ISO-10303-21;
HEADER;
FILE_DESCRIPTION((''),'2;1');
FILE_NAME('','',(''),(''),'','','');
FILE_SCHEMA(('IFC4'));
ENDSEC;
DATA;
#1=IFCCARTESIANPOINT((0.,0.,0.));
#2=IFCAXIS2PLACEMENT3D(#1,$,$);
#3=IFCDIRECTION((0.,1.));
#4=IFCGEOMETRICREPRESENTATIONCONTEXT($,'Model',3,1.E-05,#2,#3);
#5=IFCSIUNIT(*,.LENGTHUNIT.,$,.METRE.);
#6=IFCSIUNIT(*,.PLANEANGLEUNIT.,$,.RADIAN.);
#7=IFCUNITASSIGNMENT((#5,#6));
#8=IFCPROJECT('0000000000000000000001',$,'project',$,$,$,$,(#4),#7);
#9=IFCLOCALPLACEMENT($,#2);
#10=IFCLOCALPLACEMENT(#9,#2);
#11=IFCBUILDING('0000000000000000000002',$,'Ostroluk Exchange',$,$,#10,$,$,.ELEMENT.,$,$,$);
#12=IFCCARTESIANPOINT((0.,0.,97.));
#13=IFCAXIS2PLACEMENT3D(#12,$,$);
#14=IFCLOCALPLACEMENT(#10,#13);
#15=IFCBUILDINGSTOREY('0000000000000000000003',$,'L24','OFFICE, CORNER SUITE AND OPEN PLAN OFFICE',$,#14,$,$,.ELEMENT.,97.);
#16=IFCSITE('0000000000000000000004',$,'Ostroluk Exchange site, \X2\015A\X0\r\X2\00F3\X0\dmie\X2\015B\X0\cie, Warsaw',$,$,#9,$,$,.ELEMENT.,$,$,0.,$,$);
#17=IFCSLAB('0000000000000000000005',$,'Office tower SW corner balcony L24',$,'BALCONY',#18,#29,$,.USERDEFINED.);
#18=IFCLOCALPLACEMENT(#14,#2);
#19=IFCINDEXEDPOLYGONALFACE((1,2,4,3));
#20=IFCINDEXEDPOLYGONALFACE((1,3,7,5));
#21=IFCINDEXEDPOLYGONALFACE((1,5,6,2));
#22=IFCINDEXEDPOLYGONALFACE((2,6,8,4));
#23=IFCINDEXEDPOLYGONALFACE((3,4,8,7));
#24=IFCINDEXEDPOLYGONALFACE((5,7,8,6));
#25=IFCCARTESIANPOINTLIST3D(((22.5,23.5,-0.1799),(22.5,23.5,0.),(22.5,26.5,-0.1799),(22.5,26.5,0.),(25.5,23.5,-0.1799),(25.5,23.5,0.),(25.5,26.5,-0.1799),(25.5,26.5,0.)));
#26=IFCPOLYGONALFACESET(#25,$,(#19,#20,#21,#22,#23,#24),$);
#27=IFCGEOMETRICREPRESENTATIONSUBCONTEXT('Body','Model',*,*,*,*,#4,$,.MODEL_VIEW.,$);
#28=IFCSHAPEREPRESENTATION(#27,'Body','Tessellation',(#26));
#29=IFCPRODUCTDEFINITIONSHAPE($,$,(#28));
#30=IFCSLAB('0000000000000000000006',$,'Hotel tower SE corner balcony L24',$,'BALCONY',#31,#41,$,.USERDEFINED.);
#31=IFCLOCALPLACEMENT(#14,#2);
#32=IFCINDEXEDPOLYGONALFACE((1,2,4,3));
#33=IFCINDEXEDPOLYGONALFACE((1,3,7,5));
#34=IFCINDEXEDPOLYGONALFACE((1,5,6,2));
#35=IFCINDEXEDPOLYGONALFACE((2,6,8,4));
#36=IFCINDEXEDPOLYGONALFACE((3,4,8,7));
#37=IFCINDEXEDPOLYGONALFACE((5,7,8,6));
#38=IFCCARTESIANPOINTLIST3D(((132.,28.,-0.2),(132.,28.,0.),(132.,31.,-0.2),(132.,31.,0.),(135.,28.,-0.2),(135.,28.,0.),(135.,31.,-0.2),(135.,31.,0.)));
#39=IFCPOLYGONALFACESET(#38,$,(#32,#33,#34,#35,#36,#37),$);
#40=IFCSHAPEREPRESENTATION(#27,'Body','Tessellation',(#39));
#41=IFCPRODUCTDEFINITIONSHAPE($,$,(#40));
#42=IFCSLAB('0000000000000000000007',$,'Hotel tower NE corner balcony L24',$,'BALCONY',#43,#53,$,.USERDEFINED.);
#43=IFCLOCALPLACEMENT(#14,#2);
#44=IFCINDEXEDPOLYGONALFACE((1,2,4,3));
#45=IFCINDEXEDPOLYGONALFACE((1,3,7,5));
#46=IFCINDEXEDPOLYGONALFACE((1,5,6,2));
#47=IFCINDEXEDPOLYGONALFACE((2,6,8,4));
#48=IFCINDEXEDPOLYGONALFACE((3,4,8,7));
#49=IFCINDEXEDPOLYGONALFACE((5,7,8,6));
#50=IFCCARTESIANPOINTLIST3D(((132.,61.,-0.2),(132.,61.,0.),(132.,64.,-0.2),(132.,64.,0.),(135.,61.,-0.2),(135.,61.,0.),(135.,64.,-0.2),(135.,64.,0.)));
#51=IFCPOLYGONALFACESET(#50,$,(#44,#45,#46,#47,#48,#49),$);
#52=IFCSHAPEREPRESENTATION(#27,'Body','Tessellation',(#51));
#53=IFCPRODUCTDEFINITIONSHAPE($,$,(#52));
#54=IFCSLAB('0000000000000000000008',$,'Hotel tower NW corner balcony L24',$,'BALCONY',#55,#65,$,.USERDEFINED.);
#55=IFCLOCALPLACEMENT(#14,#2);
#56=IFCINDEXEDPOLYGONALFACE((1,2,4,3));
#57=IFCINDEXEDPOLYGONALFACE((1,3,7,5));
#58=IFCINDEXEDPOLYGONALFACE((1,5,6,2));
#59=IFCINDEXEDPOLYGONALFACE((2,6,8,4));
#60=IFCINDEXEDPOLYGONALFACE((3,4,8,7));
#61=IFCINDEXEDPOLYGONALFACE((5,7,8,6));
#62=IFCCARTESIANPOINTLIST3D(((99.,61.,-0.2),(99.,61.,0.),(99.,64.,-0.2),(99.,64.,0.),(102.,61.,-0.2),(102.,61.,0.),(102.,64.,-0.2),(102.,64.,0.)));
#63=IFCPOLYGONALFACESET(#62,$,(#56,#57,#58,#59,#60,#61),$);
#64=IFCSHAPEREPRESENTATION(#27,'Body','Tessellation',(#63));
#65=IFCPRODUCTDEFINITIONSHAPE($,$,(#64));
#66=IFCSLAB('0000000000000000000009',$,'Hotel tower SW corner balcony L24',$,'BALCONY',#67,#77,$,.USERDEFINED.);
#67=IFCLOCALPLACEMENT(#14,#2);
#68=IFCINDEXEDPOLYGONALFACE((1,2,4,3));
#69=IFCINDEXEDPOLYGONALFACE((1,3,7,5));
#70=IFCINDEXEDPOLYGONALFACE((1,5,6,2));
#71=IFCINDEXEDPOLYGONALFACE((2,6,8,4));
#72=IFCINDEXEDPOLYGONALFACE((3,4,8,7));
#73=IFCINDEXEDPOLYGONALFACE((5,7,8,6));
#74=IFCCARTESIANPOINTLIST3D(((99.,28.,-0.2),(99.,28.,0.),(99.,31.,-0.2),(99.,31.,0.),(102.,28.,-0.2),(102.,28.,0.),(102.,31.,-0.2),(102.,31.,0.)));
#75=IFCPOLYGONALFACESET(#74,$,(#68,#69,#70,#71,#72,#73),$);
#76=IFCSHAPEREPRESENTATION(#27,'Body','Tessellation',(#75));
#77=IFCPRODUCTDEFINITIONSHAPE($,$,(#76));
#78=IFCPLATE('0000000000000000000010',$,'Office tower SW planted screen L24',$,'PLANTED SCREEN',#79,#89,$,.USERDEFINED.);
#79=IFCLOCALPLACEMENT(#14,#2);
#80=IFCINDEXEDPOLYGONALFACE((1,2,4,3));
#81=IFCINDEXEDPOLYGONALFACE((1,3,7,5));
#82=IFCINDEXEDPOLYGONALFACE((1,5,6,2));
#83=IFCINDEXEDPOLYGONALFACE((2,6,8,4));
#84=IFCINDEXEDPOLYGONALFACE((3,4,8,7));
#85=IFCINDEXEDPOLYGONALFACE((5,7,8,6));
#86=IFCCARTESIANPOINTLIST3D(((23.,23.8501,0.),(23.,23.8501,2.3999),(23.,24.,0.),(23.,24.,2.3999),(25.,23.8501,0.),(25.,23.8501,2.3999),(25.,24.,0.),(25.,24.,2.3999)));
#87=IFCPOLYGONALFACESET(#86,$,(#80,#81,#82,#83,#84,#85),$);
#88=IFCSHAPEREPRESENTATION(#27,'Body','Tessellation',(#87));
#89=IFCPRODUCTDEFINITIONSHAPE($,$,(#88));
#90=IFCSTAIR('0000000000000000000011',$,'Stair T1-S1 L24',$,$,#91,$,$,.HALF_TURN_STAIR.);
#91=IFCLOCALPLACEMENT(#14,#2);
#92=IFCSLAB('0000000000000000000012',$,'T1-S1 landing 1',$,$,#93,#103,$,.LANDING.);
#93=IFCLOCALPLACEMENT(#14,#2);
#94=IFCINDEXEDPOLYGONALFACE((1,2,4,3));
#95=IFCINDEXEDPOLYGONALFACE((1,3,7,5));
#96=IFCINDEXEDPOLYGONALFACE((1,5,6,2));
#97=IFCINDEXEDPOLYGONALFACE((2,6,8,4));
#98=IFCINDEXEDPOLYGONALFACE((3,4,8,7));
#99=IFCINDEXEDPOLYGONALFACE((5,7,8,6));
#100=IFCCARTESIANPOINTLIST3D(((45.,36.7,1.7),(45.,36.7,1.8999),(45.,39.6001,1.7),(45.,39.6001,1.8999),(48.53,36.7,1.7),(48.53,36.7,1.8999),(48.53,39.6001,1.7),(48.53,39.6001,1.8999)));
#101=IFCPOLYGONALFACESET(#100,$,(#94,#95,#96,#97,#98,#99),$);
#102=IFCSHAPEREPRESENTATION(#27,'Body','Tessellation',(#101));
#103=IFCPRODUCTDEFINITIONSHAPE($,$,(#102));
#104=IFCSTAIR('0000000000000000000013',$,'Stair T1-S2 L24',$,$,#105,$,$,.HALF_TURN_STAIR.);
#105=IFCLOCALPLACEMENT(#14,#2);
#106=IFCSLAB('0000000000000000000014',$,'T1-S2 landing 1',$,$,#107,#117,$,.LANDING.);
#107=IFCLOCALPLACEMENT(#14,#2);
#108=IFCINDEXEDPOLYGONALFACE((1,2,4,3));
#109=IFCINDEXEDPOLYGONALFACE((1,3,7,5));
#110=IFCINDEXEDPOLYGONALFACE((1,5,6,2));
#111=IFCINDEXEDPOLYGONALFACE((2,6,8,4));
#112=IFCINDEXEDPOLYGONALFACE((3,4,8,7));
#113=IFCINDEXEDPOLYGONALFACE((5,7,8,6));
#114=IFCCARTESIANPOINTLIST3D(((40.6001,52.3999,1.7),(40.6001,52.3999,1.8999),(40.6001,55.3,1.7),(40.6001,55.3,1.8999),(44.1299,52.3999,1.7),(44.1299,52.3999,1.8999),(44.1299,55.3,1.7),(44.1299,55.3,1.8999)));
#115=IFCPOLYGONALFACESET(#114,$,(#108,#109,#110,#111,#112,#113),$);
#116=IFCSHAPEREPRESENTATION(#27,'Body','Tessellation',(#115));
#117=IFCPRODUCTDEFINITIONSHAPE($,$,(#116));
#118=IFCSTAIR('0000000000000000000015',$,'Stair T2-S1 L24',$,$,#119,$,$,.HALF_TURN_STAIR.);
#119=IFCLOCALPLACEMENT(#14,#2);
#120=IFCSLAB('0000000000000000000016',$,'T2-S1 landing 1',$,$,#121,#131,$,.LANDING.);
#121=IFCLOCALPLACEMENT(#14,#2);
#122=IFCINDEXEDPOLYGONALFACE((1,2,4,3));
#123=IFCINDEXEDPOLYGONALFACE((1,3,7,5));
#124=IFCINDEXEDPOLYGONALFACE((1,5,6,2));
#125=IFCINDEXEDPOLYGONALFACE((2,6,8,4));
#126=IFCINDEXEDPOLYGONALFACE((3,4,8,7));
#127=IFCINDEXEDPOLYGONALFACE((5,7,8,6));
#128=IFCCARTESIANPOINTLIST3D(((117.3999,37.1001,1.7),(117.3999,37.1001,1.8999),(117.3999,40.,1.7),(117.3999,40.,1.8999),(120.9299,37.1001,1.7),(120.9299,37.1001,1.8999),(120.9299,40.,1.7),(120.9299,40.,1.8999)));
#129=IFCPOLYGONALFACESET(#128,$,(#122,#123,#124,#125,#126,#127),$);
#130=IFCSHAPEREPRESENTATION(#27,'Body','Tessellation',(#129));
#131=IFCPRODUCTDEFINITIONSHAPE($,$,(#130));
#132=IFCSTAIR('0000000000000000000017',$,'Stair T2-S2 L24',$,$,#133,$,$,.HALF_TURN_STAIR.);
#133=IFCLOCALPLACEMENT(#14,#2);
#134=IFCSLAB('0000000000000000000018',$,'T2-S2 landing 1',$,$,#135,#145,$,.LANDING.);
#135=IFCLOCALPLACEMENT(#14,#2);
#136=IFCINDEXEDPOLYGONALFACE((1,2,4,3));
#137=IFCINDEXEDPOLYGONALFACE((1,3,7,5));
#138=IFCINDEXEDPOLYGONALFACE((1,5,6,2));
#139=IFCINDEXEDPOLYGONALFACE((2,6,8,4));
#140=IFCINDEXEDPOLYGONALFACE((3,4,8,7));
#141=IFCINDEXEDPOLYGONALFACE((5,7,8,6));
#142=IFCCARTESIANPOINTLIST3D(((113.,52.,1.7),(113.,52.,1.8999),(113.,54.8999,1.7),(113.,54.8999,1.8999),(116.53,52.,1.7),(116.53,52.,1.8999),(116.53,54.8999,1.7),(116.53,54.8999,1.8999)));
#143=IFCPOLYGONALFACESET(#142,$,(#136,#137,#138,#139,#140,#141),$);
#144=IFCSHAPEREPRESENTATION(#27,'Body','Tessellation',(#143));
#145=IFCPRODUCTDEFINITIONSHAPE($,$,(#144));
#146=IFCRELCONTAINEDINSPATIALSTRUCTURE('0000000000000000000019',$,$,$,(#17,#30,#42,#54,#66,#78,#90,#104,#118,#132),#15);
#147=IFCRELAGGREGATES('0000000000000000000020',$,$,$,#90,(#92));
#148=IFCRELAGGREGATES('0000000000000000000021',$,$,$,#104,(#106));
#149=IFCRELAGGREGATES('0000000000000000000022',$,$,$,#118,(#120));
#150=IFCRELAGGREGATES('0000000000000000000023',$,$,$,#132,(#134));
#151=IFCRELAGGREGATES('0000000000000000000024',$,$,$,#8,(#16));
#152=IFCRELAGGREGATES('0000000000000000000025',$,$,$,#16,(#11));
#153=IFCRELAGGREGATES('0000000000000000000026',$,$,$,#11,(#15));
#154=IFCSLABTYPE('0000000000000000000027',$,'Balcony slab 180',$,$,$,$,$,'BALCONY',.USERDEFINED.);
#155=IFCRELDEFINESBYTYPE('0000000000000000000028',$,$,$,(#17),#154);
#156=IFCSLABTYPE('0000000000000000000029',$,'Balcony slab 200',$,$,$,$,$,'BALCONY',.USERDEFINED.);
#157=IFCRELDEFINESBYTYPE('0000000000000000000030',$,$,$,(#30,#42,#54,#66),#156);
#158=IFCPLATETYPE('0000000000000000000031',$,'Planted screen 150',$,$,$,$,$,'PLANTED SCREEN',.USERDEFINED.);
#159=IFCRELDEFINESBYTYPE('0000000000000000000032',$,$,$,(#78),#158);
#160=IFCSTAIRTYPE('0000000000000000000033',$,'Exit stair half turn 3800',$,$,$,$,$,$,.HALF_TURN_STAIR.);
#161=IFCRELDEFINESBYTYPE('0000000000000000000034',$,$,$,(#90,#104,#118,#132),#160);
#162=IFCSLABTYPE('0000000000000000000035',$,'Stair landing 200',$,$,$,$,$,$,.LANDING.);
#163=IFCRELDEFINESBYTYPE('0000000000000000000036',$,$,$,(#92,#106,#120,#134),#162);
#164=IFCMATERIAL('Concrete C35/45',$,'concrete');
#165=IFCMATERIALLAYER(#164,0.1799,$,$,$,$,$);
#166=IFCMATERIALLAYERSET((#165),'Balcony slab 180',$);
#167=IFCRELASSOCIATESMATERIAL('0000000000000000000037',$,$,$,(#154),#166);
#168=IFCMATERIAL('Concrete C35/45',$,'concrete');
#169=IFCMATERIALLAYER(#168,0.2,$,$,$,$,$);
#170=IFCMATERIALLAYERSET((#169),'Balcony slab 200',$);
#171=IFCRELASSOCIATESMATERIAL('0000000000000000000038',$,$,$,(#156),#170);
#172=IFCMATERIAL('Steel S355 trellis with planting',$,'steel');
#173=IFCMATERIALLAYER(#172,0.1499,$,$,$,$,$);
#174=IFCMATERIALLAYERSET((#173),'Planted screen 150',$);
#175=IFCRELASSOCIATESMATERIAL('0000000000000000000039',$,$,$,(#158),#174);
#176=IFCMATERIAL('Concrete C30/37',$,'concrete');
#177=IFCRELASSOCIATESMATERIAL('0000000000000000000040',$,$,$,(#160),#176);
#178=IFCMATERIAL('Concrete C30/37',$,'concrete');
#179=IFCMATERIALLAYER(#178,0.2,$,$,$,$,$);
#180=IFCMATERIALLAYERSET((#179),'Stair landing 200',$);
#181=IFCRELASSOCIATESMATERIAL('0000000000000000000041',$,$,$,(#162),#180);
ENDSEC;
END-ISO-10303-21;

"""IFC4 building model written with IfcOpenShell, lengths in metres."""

from ifc_helpers import new_model, si_unit, direction, frame, origin, origin_2d, place, context, subcontext, project, spatial, polyline, rectangle, outline, extrude, material, layer, layer_set, type_object, element, aggregate, save


model = new_model("IFC4")

# Units and contexts
model_context = context("Model", 3, precision=1e-05, world=origin(), true_north=direction((0.0, 1.0)))
body_context = subcontext(model_context, "Body", "Model", "MODEL_VIEW")
ifc_project = project(units=[si_unit("LENGTHUNIT", "METRE"), si_unit("PLANEANGLEUNIT", "RADIAN")], contexts=[model_context])

# Site, building, storey
site_placement = place(None, origin())
site = spatial("IfcSite", under=ifc_project, at=site_placement, Name="Ostroluk Exchange site, Śródmieście, Warsaw", CompositionType="ELEMENT", RefElevation=0.0)
building_placement = place(site_placement, origin())
building = spatial("IfcBuilding", under=site, at=building_placement, Name="Ostroluk Exchange", CompositionType="ELEMENT")
storey_placement = place(building_placement, frame((0.0, 0.0, 97.0)))
storey = spatial("IfcBuildingStorey", under=building, at=storey_placement, Name="L24", Description="OFFICE, CORNER SUITE AND OPEN PLAN OFFICE", CompositionType="ELEMENT", Elevation=97.0)

# Slabs
ifc_material_1 = material(Name="Concrete C35/45", Category="concrete")
ifc_layer_1 = layer(ifc_material_1, 0.1799)
ifc_layer_set_1 = layer_set([ifc_layer_1], Name="Balcony slab 180")
slab_type_1 = type_object("IfcSlabType", Name="Balcony slab 180", ElementType="BALCONY", PredefinedType="USERDEFINED", material=ifc_layer_set_1)
slab_1_placement = place(storey_placement, frame((0.0, 0.0, -0.1799)))
element("IfcSlab", 1, at=slab_1_placement, inside=storey, type_object=slab_type_1, Name="Office tower SW corner balcony L24", ObjectType="BALCONY", PredefinedType="USERDEFINED", context=body_context, shape_type="SweptSolid", body=[
    extrude(outline(polyline([(22.5, 23.5), (25.5, 23.5), (25.5, 26.5), (22.5, 26.5), (22.5, 23.5)])), origin(), (0.0, 0.0, 1.0), 0.1799),
])
ifc_material_2 = material(Name="Concrete C35/45", Category="concrete")
ifc_layer_2 = layer(ifc_material_2, 0.2)
ifc_layer_set_2 = layer_set([ifc_layer_2], Name="Balcony slab 200")
slab_type_2 = type_object("IfcSlabType", Name="Balcony slab 200", ElementType="BALCONY", PredefinedType="USERDEFINED", material=ifc_layer_set_2)
slab_2_placement = place(storey_placement, frame((0.0, 0.0, -0.2)))
element("IfcSlab", 2, at=slab_2_placement, inside=storey, type_object=slab_type_2, Name="Hotel tower SE corner balcony L24", ObjectType="BALCONY", PredefinedType="USERDEFINED", context=body_context, shape_type="SweptSolid", body=[
    extrude(outline(polyline([(132.0, 28.0), (135.0, 28.0), (135.0, 31.0), (132.0, 31.0), (132.0, 28.0)])), origin(), (0.0, 0.0, 1.0), 0.2),
])
slab_3_placement = place(storey_placement, frame((0.0, 0.0, -0.2)))
element("IfcSlab", 3, at=slab_3_placement, inside=storey, type_object=slab_type_2, Name="Hotel tower NE corner balcony L24", ObjectType="BALCONY", PredefinedType="USERDEFINED", context=body_context, shape_type="SweptSolid", body=[
    extrude(outline(polyline([(132.0, 61.0), (135.0, 61.0), (135.0, 64.0), (132.0, 64.0), (132.0, 61.0)])), origin(), (0.0, 0.0, 1.0), 0.2),
])
slab_4_placement = place(storey_placement, frame((0.0, 0.0, -0.2)))
element("IfcSlab", 4, at=slab_4_placement, inside=storey, type_object=slab_type_2, Name="Hotel tower NW corner balcony L24", ObjectType="BALCONY", PredefinedType="USERDEFINED", context=body_context, shape_type="SweptSolid", body=[
    extrude(outline(polyline([(99.0, 61.0), (102.0, 61.0), (102.0, 64.0), (99.0, 64.0), (99.0, 61.0)])), origin(), (0.0, 0.0, 1.0), 0.2),
])
slab_5_placement = place(storey_placement, frame((0.0, 0.0, -0.2)))
element("IfcSlab", 5, at=slab_5_placement, inside=storey, type_object=slab_type_2, Name="Hotel tower SW corner balcony L24", ObjectType="BALCONY", PredefinedType="USERDEFINED", context=body_context, shape_type="SweptSolid", body=[
    extrude(outline(polyline([(99.0, 28.0), (102.0, 28.0), (102.0, 31.0), (99.0, 31.0), (99.0, 28.0)])), origin(), (0.0, 0.0, 1.0), 0.2),
])

# Plate
ifc_material_3 = material(Name="Steel S355 trellis with planting", Category="steel")
ifc_layer_3 = layer(ifc_material_3, 0.1499)
ifc_layer_set_3 = layer_set([ifc_layer_3], Name="Planted screen 150")
plate_type = type_object("IfcPlateType", Name="Planted screen 150", ElementType="PLANTED SCREEN", PredefinedType="USERDEFINED", material=ifc_layer_set_3)
plate_placement = place(storey_placement, frame((24.0, 23.925, 0.0), z_axis=(0.0, 0.0, 1.0), x_axis=(1.0, 0.0, 0.0)))
element("IfcPlate", 6, at=plate_placement, inside=storey, type_object=plate_type, Name="Office tower SW planted screen L24", ObjectType="PLANTED SCREEN", PredefinedType="USERDEFINED", context=body_context, shape_type="SweptSolid", body=[
    extrude(rectangle(XDim=2.0, YDim=0.1499, at=origin_2d()), origin(), (0.0, 0.0, 1.0), 2.3999),
])

# Stairs, slabs
ifc_material_4 = material(Name="Concrete C30/37", Category="concrete")
stair_type = type_object("IfcStairType", Name="Exit stair half turn 3800", PredefinedType="HALF_TURN_STAIR", material=ifc_material_4)
stair_1_placement = place(storey_placement, origin())
stair_1 = element("IfcStair", 7, at=stair_1_placement, inside=storey, type_object=stair_type, Name="Stair T1-S1 L24", PredefinedType="HALF_TURN_STAIR")
ifc_material_5 = material(Name="Concrete C30/37", Category="concrete")
ifc_layer_4 = layer(ifc_material_5, 0.2)
ifc_layer_set_4 = layer_set([ifc_layer_4], Name="Stair landing 200")
slab_type_3 = type_object("IfcSlabType", Name="Stair landing 200", PredefinedType="LANDING", material=ifc_layer_set_4)
slab_6_placement = place(storey_placement, frame((0.0, 0.0, 1.7)))
slab_6 = element("IfcSlab", 8, at=slab_6_placement, type_object=slab_type_3, Name="T1-S1 landing 1", PredefinedType="LANDING", context=body_context, shape_type="SweptSolid", body=[
    extrude(outline(polyline([(45.0, 36.7), (45.0, 39.6001), (48.53, 39.6001), (48.53, 36.7), (45.0, 36.7)])), origin(), (0.0, 0.0, 1.0), 0.2),
])
aggregate(stair_1, [slab_6])
stair_2_placement = place(storey_placement, origin())
stair_2 = element("IfcStair", 9, at=stair_2_placement, inside=storey, type_object=stair_type, Name="Stair T1-S2 L24", PredefinedType="HALF_TURN_STAIR")
slab_7_placement = place(storey_placement, frame((0.0, 0.0, 1.7)))
slab_7 = element("IfcSlab", 10, at=slab_7_placement, type_object=slab_type_3, Name="T1-S2 landing 1", PredefinedType="LANDING", context=body_context, shape_type="SweptSolid", body=[
    extrude(outline(polyline([(44.1299, 52.3999), (44.1299, 55.3), (40.6001, 55.3), (40.6001, 52.3999), (44.1299, 52.3999)])), origin(), (0.0, 0.0, 1.0), 0.2),
])
aggregate(stair_2, [slab_7])
stair_3_placement = place(storey_placement, origin())
stair_3 = element("IfcStair", 11, at=stair_3_placement, inside=storey, type_object=stair_type, Name="Stair T2-S1 L24", PredefinedType="HALF_TURN_STAIR")
slab_8_placement = place(storey_placement, frame((0.0, 0.0, 1.7)))
slab_8 = element("IfcSlab", 12, at=slab_8_placement, type_object=slab_type_3, Name="T2-S1 landing 1", PredefinedType="LANDING", context=body_context, shape_type="SweptSolid", body=[
    extrude(outline(polyline([(117.3999, 37.1001), (117.3999, 40.0), (120.9299, 40.0), (120.9299, 37.1001), (117.3999, 37.1001)])), origin(), (0.0, 0.0, 1.0), 0.2),
])
aggregate(stair_3, [slab_8])
stair_4_placement = place(storey_placement, origin())
stair_4 = element("IfcStair", 13, at=stair_4_placement, inside=storey, type_object=stair_type, Name="Stair T2-S2 L24", PredefinedType="HALF_TURN_STAIR")
slab_9_placement = place(storey_placement, frame((0.0, 0.0, 1.7)))
slab_9 = element("IfcSlab", 14, at=slab_9_placement, type_object=slab_type_3, Name="T2-S2 landing 1", PredefinedType="LANDING", context=body_context, shape_type="SweptSolid", body=[
    extrude(outline(polyline([(116.53, 52.0), (116.53, 54.8999), (113.0, 54.8999), (113.0, 52.0), (116.53, 52.0)])), origin(), (0.0, 0.0, 1.0), 0.2),
])
aggregate(stair_4, [slab_9])

save(model, "model.ifc")
